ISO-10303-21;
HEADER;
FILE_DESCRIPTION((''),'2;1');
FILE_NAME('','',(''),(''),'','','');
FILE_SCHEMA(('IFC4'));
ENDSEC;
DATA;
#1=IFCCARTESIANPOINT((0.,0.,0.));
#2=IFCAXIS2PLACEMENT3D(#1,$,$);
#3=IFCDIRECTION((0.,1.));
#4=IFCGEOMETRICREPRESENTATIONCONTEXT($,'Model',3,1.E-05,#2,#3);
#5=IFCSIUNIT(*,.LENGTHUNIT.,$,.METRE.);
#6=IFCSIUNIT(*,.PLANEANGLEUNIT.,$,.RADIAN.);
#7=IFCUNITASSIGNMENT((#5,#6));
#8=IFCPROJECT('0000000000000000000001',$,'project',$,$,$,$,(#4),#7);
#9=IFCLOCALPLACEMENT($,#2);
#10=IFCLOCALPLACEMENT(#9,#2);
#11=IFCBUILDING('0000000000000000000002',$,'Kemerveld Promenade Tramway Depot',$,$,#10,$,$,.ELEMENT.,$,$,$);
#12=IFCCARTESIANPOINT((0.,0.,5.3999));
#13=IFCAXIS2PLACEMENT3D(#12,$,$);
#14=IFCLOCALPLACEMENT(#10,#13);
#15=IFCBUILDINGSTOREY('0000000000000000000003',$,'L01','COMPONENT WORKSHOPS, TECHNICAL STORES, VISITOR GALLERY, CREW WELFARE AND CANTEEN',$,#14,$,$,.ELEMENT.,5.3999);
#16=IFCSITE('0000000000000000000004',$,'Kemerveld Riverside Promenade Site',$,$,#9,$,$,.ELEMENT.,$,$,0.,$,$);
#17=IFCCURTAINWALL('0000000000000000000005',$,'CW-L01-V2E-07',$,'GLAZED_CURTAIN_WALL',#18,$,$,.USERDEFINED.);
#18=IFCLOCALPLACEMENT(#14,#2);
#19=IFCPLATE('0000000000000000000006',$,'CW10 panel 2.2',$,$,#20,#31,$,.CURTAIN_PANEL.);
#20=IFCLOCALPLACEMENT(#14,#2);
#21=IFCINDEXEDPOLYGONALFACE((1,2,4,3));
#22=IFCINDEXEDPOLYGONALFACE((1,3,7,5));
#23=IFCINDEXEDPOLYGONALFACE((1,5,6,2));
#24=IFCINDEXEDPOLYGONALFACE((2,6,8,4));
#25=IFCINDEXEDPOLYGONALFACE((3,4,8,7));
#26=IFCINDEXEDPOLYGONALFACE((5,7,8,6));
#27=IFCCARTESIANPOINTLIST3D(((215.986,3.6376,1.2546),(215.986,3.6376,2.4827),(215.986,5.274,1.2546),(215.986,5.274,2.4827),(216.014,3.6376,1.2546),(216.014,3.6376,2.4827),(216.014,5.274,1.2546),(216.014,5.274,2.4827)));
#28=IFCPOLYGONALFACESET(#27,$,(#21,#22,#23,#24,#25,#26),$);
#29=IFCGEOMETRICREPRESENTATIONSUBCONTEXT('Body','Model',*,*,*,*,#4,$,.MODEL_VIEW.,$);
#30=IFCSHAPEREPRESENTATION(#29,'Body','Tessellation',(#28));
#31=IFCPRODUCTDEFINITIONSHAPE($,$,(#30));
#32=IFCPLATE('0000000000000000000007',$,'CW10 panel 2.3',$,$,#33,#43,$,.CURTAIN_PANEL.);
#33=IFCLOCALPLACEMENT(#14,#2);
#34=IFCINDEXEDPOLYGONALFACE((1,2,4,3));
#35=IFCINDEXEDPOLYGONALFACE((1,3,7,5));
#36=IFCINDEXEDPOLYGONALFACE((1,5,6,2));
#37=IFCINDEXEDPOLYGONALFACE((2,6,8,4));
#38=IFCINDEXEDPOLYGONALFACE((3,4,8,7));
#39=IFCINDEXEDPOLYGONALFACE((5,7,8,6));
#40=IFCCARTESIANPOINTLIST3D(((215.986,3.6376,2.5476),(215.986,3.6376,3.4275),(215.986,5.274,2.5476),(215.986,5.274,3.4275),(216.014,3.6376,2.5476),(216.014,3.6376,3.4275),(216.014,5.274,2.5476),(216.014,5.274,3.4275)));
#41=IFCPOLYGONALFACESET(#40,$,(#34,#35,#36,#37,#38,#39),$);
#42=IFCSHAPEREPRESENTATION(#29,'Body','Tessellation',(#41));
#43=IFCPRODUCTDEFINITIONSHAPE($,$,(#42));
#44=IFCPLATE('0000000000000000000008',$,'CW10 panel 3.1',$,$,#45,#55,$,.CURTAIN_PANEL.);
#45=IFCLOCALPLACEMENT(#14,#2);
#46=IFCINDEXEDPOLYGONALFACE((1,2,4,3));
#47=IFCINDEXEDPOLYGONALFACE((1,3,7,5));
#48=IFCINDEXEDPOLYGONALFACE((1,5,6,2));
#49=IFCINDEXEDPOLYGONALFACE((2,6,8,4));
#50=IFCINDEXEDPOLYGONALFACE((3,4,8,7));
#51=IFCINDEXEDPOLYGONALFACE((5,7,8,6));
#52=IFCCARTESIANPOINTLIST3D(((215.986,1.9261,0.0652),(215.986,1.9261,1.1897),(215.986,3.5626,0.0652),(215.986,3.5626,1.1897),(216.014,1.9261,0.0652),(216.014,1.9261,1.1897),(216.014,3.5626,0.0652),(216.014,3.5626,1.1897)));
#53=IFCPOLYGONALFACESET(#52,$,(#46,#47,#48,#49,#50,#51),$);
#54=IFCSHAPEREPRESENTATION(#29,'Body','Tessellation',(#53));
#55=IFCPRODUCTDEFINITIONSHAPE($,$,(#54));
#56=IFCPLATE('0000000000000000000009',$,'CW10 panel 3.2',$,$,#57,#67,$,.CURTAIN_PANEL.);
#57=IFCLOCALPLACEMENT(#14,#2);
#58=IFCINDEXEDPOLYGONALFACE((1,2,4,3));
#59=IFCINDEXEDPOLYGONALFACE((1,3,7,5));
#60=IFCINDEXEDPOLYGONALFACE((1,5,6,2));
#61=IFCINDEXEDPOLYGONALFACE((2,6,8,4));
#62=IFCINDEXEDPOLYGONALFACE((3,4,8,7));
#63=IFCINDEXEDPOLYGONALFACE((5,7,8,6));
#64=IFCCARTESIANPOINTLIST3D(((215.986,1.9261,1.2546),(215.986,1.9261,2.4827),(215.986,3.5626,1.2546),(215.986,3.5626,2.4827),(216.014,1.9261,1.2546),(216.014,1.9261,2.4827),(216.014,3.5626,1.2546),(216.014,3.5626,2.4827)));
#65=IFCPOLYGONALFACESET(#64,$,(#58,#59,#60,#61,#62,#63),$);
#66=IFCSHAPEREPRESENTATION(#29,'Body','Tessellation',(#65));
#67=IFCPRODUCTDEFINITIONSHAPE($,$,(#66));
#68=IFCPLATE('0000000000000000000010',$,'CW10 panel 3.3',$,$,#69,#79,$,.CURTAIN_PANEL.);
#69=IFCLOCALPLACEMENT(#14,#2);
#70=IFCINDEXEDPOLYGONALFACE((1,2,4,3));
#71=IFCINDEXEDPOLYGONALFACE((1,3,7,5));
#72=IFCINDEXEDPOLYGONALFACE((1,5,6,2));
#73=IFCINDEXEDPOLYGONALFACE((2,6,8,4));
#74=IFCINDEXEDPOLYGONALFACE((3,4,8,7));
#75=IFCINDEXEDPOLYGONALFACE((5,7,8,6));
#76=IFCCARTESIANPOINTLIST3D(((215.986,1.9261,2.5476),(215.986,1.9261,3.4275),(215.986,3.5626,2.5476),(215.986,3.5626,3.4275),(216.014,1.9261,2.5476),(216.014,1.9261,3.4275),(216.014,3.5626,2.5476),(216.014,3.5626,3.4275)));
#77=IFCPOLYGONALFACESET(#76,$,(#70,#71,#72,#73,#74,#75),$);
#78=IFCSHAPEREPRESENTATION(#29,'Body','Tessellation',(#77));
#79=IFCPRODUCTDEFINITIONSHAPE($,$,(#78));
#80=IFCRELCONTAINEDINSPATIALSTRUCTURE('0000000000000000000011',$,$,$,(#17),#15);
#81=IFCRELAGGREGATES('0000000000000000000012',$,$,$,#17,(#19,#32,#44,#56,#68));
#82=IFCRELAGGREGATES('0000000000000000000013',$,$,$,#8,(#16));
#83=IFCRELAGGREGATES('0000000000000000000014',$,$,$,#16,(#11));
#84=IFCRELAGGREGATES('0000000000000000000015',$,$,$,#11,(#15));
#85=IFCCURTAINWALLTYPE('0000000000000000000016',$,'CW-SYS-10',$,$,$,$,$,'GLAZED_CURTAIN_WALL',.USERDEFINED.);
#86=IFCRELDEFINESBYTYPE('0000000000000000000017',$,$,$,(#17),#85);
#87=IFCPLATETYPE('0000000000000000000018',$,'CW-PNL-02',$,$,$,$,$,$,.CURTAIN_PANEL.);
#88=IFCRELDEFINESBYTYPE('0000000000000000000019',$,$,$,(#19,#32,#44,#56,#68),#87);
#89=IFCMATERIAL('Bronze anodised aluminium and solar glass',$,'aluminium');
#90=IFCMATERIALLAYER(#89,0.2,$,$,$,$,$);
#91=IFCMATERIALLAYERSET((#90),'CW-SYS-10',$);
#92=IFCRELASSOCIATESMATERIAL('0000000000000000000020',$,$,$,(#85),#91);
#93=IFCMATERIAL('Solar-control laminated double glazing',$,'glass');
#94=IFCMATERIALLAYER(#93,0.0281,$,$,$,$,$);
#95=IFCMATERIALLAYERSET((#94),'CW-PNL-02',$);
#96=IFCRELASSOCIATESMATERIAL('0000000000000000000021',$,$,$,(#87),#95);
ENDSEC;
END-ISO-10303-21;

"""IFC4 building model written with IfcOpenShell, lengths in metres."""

from ifc_helpers import new_model, si_unit, direction, frame, origin, origin_2d, place, context, subcontext, project, spatial, rectangle, extrude, material, layer, layer_set, type_object, element, aggregate, save


model = new_model("IFC4")

# Units and contexts
model_context = context("Model", 3, precision=1e-05, world=origin(), true_north=direction((0.0, 1.0)))
body_context = subcontext(model_context, "Body", "Model", "MODEL_VIEW")
ifc_project = project(units=[si_unit("LENGTHUNIT", "METRE"), si_unit("PLANEANGLEUNIT", "RADIAN")], contexts=[model_context])

# Site, building, storey
site_placement = place(None, origin())
site = spatial("IfcSite", under=ifc_project, at=site_placement, Name="Kemerveld Riverside Promenade Site", CompositionType="ELEMENT", RefElevation=0.0)
building_placement = place(site_placement, origin())
building = spatial("IfcBuilding", under=site, at=building_placement, Name="Kemerveld Promenade Tramway Depot", CompositionType="ELEMENT")
storey_placement = place(building_placement, frame((0.0, 0.0, 5.3999)))
storey = spatial("IfcBuildingStorey", under=building, at=storey_placement, Name="L01", Description="COMPONENT WORKSHOPS, TECHNICAL STORES, VISITOR GALLERY, CREW WELFARE AND CANTEEN", CompositionType="ELEMENT", Elevation=5.3999)

# Curtain wall, plates
ifc_material_1 = material(Name="Bronze anodised aluminium and solar glass", Category="aluminium")
ifc_layer_1 = layer(ifc_material_1, 0.2)
ifc_layer_set_1 = layer_set([ifc_layer_1], Name="CW-SYS-10")
curtain_wall_type = type_object("IfcCurtainWallType", Name="CW-SYS-10", ElementType="GLAZED_CURTAIN_WALL", PredefinedType="USERDEFINED", material=ifc_layer_set_1)
curtain_wall_placement = place(storey_placement, origin())
curtain_wall = element("IfcCurtainWall", 1, at=curtain_wall_placement, inside=storey, type_object=curtain_wall_type, Name="CW-L01-V2E-07", ObjectType="GLAZED_CURTAIN_WALL", PredefinedType="USERDEFINED")
ifc_material_2 = material(Name="Solar-control laminated double glazing", Category="glass")
ifc_layer_2 = layer(ifc_material_2, 0.0281)
ifc_layer_set_2 = layer_set([ifc_layer_2], Name="CW-PNL-02")
plate_type = type_object("IfcPlateType", Name="CW-PNL-02", PredefinedType="CURTAIN_PANEL", material=ifc_layer_set_2)
plate_1_placement = place(storey_placement, frame((216.0, 4.4558, 1.2546), z_axis=(0.0, 0.0, 1.0), x_axis=(0.0, -1.0, 0.0)))
plate_1 = element("IfcPlate", 2, at=plate_1_placement, type_object=plate_type, Name="CW10 panel 2.2", PredefinedType="CURTAIN_PANEL", context=body_context, shape_type="SweptSolid", body=[
    extrude(rectangle(XDim=1.6365, YDim=0.0281, at=origin_2d()), origin(), (0.0, 0.0, 1.0), 1.228),
])
plate_2_placement = place(storey_placement, frame((216.0, 4.4558, 2.5476), z_axis=(0.0, 0.0, 1.0), x_axis=(0.0, -1.0, 0.0)))
plate_2 = element("IfcPlate", 3, at=plate_2_placement, type_object=plate_type, Name="CW10 panel 2.3", PredefinedType="CURTAIN_PANEL", context=body_context, shape_type="SweptSolid", body=[
    extrude(rectangle(XDim=1.6365, YDim=0.0281, at=origin_2d()), origin(), (0.0, 0.0, 1.0), 0.8799),
])
plate_3_placement = place(storey_placement, frame((216.0, 2.7444, 0.0652), z_axis=(0.0, 0.0, 1.0), x_axis=(0.0, -1.0, 0.0)))
plate_3 = element("IfcPlate", 4, at=plate_3_placement, type_object=plate_type, Name="CW10 panel 3.1", PredefinedType="CURTAIN_PANEL", context=body_context, shape_type="SweptSolid", body=[
    extrude(rectangle(XDim=1.6365, YDim=0.0281, at=origin_2d()), origin(), (0.0, 0.0, 1.0), 1.1245),
])
plate_4_placement = place(storey_placement, frame((216.0, 2.7444, 1.2546), z_axis=(0.0, 0.0, 1.0), x_axis=(0.0, -1.0, 0.0)))
plate_4 = element("IfcPlate", 5, at=plate_4_placement, type_object=plate_type, Name="CW10 panel 3.2", PredefinedType="CURTAIN_PANEL", context=body_context, shape_type="SweptSolid", body=[
    extrude(rectangle(XDim=1.6365, YDim=0.0281, at=origin_2d()), origin(), (0.0, 0.0, 1.0), 1.228),
])
plate_5_placement = place(storey_placement, frame((216.0, 2.7444, 2.5476), z_axis=(0.0, 0.0, 1.0), x_axis=(0.0, -1.0, 0.0)))
plate_5 = element("IfcPlate", 6, at=plate_5_placement, type_object=plate_type, Name="CW10 panel 3.3", PredefinedType="CURTAIN_PANEL", context=body_context, shape_type="SweptSolid", body=[
    extrude(rectangle(XDim=1.6365, YDim=0.0281, at=origin_2d()), origin(), (0.0, 0.0, 1.0), 0.8799),
])
aggregate(curtain_wall, [plate_1, plate_2, plate_3, plate_4, plate_5])

save(model, "model.ifc")
